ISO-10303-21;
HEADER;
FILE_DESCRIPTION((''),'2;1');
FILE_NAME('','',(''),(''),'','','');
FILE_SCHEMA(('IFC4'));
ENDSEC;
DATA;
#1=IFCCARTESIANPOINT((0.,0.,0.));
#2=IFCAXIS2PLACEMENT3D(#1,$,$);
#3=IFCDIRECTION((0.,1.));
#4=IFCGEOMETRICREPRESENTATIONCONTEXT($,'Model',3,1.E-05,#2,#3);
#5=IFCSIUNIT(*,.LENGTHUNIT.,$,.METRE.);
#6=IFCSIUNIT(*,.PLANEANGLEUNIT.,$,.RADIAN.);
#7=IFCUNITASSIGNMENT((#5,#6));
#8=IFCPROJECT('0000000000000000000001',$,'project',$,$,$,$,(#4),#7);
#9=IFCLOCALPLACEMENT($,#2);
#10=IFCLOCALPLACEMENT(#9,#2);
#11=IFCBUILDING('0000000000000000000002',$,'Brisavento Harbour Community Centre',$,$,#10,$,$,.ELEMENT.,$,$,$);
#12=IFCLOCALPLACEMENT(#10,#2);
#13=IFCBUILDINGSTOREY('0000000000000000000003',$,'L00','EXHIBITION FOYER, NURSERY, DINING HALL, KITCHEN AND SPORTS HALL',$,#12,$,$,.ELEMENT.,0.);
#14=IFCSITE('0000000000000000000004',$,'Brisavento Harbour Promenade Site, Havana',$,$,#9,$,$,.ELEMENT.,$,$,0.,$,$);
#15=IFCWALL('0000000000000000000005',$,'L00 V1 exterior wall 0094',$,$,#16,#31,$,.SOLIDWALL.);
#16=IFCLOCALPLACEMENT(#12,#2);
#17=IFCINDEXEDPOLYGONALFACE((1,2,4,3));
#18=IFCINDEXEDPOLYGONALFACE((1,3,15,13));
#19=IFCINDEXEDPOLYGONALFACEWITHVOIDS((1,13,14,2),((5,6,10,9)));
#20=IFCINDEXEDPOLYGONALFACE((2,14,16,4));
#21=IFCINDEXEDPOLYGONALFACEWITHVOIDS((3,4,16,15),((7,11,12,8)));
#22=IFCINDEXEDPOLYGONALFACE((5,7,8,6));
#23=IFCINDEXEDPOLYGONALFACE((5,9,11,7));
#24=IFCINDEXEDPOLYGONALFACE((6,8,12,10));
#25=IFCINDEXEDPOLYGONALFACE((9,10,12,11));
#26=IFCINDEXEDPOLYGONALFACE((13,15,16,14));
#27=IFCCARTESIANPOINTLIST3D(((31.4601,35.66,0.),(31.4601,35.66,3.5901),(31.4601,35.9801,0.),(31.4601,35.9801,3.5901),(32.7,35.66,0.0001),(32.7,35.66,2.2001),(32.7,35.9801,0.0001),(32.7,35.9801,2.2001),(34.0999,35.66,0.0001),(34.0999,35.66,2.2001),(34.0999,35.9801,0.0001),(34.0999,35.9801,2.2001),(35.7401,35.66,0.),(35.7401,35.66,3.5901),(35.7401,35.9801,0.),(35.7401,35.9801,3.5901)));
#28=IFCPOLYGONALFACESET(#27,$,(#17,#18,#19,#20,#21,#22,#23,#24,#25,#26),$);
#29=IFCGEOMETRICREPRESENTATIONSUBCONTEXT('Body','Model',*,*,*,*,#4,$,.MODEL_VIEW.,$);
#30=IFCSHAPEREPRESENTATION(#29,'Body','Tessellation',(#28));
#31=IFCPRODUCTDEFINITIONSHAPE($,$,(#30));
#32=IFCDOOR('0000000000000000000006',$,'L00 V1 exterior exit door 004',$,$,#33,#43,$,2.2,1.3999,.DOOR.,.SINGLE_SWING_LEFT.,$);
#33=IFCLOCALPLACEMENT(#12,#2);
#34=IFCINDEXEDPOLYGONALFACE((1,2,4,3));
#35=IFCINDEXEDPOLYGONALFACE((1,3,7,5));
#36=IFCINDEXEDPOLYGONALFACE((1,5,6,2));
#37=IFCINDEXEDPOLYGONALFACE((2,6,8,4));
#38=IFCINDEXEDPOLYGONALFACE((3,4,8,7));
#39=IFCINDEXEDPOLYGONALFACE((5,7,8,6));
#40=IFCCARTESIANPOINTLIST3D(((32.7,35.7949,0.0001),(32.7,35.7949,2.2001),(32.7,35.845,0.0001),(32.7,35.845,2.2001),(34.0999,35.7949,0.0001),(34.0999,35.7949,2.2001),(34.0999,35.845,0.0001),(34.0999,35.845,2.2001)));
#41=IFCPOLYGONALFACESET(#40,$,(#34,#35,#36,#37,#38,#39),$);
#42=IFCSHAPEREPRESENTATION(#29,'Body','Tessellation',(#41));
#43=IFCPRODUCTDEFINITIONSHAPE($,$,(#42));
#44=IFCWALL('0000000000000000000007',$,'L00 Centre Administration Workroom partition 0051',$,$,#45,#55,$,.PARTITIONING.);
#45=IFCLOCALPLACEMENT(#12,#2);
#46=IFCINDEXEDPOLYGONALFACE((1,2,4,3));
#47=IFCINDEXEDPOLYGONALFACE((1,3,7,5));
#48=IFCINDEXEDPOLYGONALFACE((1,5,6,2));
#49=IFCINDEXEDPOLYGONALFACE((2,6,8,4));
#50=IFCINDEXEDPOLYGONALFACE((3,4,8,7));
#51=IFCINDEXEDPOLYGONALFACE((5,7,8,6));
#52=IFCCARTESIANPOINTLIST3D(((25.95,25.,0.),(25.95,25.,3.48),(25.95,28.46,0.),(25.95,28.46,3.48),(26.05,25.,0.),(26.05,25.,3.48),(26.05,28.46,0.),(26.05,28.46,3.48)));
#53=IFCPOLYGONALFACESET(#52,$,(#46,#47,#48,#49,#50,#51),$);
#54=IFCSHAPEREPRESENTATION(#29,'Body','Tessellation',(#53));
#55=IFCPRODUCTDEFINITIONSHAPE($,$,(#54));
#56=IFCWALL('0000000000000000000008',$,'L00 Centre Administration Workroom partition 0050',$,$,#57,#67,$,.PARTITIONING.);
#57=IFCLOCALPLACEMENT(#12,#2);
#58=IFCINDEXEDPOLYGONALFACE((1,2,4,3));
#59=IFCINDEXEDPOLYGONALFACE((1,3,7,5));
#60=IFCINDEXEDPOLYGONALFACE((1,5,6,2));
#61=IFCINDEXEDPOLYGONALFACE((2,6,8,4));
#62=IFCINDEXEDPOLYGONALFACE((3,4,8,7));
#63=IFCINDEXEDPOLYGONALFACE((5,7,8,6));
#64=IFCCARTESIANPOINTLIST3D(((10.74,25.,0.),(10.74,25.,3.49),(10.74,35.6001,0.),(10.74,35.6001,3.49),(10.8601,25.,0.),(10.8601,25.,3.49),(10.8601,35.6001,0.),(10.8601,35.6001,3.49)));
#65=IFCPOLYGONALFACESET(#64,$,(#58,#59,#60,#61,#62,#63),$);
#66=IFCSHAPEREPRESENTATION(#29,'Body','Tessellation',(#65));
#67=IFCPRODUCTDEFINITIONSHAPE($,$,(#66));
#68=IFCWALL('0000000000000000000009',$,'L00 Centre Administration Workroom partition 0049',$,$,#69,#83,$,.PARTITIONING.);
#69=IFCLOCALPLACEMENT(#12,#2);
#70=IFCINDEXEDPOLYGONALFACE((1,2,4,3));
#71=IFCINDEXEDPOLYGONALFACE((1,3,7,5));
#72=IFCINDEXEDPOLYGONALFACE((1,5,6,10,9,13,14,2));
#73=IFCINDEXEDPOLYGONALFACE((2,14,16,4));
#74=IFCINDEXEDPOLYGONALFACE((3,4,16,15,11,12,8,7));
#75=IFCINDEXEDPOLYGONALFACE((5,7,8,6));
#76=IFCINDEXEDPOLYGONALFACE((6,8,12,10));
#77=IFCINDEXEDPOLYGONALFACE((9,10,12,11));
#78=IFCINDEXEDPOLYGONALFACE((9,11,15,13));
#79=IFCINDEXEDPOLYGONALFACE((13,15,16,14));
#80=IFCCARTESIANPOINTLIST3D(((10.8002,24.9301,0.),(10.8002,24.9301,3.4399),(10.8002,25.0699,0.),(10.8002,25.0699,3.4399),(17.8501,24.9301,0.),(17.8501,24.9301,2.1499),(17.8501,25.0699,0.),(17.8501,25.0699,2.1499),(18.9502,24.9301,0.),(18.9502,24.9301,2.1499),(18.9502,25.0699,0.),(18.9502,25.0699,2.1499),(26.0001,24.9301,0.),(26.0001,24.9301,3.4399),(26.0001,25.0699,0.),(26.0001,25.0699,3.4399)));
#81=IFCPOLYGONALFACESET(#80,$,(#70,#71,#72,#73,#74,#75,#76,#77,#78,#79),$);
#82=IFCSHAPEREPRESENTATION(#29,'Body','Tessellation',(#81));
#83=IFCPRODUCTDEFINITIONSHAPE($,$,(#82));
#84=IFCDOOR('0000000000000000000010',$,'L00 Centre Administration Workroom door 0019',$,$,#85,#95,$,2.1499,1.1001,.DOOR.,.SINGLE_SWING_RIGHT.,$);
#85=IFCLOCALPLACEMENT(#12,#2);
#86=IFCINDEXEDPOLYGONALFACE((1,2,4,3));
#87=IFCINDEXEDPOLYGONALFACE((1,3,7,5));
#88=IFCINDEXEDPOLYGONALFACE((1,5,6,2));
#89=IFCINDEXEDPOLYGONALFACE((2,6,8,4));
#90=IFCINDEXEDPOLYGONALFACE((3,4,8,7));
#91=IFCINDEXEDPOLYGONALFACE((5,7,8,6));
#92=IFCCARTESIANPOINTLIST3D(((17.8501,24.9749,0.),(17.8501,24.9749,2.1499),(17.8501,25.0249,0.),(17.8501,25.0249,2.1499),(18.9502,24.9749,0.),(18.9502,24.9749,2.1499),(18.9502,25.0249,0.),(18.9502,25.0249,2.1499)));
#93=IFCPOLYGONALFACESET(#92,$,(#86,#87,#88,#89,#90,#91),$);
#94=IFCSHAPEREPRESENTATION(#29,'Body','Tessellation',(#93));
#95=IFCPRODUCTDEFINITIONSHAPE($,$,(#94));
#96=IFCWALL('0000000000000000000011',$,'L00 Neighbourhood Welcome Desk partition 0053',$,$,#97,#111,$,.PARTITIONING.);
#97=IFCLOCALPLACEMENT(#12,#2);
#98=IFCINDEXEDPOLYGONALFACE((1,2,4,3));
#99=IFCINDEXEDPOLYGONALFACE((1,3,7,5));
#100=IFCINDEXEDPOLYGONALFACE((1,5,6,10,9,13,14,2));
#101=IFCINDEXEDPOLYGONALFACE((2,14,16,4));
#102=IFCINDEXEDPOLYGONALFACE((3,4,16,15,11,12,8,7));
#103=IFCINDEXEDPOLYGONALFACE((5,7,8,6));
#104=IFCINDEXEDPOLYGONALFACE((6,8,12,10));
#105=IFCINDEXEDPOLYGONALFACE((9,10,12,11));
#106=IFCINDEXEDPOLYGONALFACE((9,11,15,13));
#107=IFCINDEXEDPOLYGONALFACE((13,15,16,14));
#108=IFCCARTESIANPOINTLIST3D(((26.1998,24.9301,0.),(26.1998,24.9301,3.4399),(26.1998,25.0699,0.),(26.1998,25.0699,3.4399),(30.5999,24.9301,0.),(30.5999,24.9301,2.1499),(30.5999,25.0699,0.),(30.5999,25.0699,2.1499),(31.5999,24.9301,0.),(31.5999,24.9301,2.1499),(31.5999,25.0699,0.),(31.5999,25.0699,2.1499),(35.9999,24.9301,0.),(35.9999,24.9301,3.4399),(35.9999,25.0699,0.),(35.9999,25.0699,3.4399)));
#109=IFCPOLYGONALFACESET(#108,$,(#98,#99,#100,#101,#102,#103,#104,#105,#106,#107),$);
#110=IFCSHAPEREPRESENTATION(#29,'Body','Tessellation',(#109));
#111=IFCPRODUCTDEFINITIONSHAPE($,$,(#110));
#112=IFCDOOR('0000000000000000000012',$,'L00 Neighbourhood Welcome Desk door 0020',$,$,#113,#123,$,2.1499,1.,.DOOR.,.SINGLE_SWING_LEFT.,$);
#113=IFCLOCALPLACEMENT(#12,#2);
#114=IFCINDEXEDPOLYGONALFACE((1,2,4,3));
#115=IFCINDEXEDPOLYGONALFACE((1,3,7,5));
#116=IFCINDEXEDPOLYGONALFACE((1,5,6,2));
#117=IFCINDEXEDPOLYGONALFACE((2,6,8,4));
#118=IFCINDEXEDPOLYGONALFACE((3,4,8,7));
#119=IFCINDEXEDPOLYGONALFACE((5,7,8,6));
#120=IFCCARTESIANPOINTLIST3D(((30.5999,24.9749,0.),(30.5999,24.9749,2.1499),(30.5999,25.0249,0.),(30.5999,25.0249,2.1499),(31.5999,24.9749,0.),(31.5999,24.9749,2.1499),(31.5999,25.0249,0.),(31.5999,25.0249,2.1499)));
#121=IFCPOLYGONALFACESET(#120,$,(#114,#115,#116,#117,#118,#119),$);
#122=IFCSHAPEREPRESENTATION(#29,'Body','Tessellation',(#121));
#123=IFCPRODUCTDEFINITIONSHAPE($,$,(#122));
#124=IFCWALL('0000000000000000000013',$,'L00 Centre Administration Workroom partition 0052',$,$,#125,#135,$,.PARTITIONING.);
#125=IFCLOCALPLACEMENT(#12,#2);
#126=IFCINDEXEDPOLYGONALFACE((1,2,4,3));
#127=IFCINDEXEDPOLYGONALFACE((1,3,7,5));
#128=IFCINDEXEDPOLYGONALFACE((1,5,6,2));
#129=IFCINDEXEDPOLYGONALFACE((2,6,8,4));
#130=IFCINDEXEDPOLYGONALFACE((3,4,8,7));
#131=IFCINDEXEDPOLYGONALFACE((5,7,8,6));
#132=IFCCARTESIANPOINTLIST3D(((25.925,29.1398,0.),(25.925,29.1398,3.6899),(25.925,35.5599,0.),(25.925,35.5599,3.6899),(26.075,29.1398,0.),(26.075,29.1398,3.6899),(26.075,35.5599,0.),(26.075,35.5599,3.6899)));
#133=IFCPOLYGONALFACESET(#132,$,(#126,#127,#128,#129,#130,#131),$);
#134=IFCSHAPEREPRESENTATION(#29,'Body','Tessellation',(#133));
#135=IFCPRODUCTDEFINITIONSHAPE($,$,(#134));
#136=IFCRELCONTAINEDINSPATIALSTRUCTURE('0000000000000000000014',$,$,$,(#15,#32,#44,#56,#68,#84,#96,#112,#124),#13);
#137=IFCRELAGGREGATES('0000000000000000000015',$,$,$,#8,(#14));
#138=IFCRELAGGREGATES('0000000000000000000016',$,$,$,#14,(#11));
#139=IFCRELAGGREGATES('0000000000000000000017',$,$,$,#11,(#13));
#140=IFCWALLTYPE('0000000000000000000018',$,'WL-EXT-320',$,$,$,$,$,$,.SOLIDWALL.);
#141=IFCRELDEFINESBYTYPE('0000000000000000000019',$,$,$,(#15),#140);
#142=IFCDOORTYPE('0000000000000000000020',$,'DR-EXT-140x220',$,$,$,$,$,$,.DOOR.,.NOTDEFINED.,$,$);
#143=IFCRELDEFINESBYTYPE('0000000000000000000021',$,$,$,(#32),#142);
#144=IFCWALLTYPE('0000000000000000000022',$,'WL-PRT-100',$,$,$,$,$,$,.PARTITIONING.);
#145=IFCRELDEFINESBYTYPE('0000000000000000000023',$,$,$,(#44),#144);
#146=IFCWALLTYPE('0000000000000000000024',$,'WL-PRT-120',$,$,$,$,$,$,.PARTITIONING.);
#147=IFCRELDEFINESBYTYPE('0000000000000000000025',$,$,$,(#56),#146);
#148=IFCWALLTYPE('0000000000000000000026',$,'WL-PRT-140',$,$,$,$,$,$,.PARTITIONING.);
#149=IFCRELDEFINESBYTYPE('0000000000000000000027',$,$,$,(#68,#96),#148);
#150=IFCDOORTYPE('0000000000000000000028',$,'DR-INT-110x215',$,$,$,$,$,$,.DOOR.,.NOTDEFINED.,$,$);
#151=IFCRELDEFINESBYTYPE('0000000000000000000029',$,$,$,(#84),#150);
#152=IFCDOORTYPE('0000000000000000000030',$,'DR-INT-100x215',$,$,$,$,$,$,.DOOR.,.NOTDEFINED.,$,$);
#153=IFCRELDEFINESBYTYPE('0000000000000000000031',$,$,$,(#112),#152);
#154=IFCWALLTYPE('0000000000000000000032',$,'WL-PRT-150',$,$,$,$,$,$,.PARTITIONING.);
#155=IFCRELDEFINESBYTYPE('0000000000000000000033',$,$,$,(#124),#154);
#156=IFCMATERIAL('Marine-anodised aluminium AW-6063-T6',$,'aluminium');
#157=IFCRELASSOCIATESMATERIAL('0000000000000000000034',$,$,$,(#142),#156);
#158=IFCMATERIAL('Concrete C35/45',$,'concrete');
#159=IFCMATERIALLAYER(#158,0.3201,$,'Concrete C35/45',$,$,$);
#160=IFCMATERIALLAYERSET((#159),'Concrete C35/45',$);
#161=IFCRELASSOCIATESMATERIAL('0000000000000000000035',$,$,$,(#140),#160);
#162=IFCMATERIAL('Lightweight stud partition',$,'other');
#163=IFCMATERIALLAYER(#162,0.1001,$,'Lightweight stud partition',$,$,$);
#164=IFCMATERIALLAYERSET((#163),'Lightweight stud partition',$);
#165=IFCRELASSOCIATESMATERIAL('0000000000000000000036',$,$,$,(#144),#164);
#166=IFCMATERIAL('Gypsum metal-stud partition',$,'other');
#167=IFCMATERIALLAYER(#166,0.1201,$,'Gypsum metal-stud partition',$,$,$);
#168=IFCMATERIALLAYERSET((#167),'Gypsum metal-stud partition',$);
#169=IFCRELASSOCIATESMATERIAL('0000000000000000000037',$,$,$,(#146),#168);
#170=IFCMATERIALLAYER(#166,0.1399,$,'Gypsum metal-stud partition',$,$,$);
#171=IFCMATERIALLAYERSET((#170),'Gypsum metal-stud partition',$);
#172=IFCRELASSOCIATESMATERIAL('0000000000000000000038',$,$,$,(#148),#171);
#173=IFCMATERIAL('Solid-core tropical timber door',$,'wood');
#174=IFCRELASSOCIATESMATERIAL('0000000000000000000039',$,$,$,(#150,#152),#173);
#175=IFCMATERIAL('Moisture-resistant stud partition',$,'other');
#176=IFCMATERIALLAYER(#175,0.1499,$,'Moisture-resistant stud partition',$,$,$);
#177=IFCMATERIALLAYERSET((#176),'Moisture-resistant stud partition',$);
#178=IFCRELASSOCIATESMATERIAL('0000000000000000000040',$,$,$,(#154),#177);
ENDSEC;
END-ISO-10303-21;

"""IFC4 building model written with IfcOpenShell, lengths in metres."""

from ifc_helpers import new_model, si_unit, direction, frame, frame_2d, origin, place, context, subcontext, project, spatial, rectangle, extrude, material, layer, layer_set, type_object, element, fill, save


model = new_model("IFC4")

# Units and contexts
model_context = context("Model", 3, precision=1e-05, world=origin(), true_north=direction((0.0, 1.0)))
body_context = subcontext(model_context, "Body", "Model", "MODEL_VIEW")
ifc_project = project(units=[si_unit("LENGTHUNIT", "METRE"), si_unit("PLANEANGLEUNIT", "RADIAN")], contexts=[model_context])

# Site, building, storey
site_placement = place(None, origin())
site = spatial("IfcSite", under=ifc_project, at=site_placement, Name="Brisavento Harbour Promenade Site, Havana", CompositionType="ELEMENT", RefElevation=0.0)
building_placement = place(site_placement, origin())
building = spatial("IfcBuilding", under=site, at=building_placement, Name="Brisavento Harbour Community Centre", CompositionType="ELEMENT")
storey_placement = place(building_placement, origin())
storey = spatial("IfcBuildingStorey", under=building, at=storey_placement, Name="L00", Description="EXHIBITION FOYER, NURSERY, DINING HALL, KITCHEN AND SPORTS HALL", CompositionType="ELEMENT", Elevation=0.0)

# Shared definitions
ifc_material_1 = material(Name="Concrete C35/45", Category="concrete")

# Shared definitions
ifc_material_2 = material(Name="Marine-anodised aluminium AW-6063-T6", Category="aluminium")
door_type_1 = type_object("IfcDoorType", Name="DR-EXT-140x220", OperationType="NOTDEFINED", PredefinedType="DOOR", material=ifc_material_2)

# Shared definitions
ifc_layer_1 = layer(ifc_material_1, 0.3201, Name="Concrete C35/45")
ifc_layer_set_1 = layer_set([ifc_layer_1], Name="Concrete C35/45")
wall_type_1 = type_object("IfcWallType", Name="WL-EXT-320", PredefinedType="SOLIDWALL", material=ifc_layer_set_1)

# Wall, opening, door
wall_1_placement = place(storey_placement, frame((31.46, 35.8201, 0.0), z_axis=(0.0, 0.0, 1.0), x_axis=(1.0, 0.0, 0.0)))
wall_1 = element("IfcWall", 1, at=wall_1_placement, inside=storey, type_object=wall_type_1, Name="L00 V1 exterior wall 0094", PredefinedType="SOLIDWALL", context=body_context, shape_type="SweptSolid", body=[
    extrude(rectangle(XDim=4.28, YDim=0.3201, at=frame_2d((2.1401, 0.0))), origin(), (0.0, 0.0, 1.0), 3.5901),
])
opening_1_placement = place(wall_1_placement, frame((1.24, 0.0, 0.0)))
opening_1 = element("IfcOpeningElement", 2, at=opening_1_placement, cuts=wall_1, PredefinedType="OPENING", context=body_context, shape_type="SweptSolid", body=[
    extrude(rectangle(XDim=1.3999, YDim=2.2, at=frame_2d((0.7, 1.1001))), frame((0.0, 0.1699, 0.0), z_axis=(0.0, -1.0, 0.0), x_axis=(1.0, 0.0, 0.0)), (0.0, 0.0, 1.0), 0.3401),
])
door_1_placement = place(opening_1_placement, origin())
door_1 = element("IfcDoor", 3, at=door_1_placement, inside=storey, type_object=door_type_1, Name="L00 V1 exterior exit door 004", OperationType="SINGLE_SWING_LEFT", OverallHeight=2.2, OverallWidth=1.3999, PredefinedType="DOOR", context=body_context, shape_type="SweptSolid", body=[
    extrude(rectangle(XDim=1.3999, YDim=2.2, at=frame_2d((0.7, 1.1001))), frame((0.0, 0.0249, 0.0), z_axis=(0.0, -1.0, 0.0), x_axis=(1.0, 0.0, 0.0)), (0.0, 0.0, 1.0), 0.05),
])
fill(opening_1, door_1)

# Walls
ifc_material_3 = material(Name="Lightweight stud partition", Category="other")
ifc_layer_2 = layer(ifc_material_3, 0.1001, Name="Lightweight stud partition")
ifc_layer_set_2 = layer_set([ifc_layer_2], Name="Lightweight stud partition")
wall_type_2 = type_object("IfcWallType", Name="WL-PRT-100", PredefinedType="PARTITIONING", material=ifc_layer_set_2)
wall_2_placement = place(storey_placement, frame((26.0, 25.0, 0.0), z_axis=(0.0, 0.0, 1.0), x_axis=(0.0, 1.0, 0.0)))
element("IfcWall", 4, at=wall_2_placement, inside=storey, type_object=wall_type_2, Name="L00 Centre Administration Workroom partition 0051", PredefinedType="PARTITIONING", context=body_context, shape_type="SweptSolid", body=[
    extrude(rectangle(XDim=3.46, YDim=0.1001, at=frame_2d((1.73, 0.0))), origin(), (0.0, 0.0, 1.0), 3.48),
])
ifc_material_4 = material(Name="Gypsum metal-stud partition", Category="other")
ifc_layer_3 = layer(ifc_material_4, 0.1201, Name="Gypsum metal-stud partition")
ifc_layer_set_3 = layer_set([ifc_layer_3], Name="Gypsum metal-stud partition")
wall_type_3 = type_object("IfcWallType", Name="WL-PRT-120", PredefinedType="PARTITIONING", material=ifc_layer_set_3)
wall_3_placement = place(storey_placement, frame((10.8, 35.6001, 0.0), z_axis=(0.0, 0.0, 1.0), x_axis=(0.0, -1.0, 0.0)))
element("IfcWall", 5, at=wall_3_placement, inside=storey, type_object=wall_type_3, Name="L00 Centre Administration Workroom partition 0050", PredefinedType="PARTITIONING", context=body_context, shape_type="SweptSolid", body=[
    extrude(rectangle(XDim=10.6001, YDim=0.1201, at=frame_2d((5.3, 0.0))), origin(), (0.0, 0.0, 1.0), 3.49),
])

# Walls, openings, doors
ifc_layer_4 = layer(ifc_material_4, 0.1399, Name="Gypsum metal-stud partition")
ifc_layer_set_4 = layer_set([ifc_layer_4], Name="Gypsum metal-stud partition")
wall_type_4 = type_object("IfcWallType", Name="WL-PRT-140", PredefinedType="PARTITIONING", material=ifc_layer_set_4)
wall_4_placement = place(storey_placement, frame((10.8, 25.0, 0.0), z_axis=(0.0, 0.0, 1.0), x_axis=(1.0, 0.0, 0.0)))
wall_4 = element("IfcWall", 6, at=wall_4_placement, inside=storey, type_object=wall_type_4, Name="L00 Centre Administration Workroom partition 0049", PredefinedType="PARTITIONING", context=body_context, shape_type="SweptSolid", body=[
    extrude(rectangle(XDim=15.2, YDim=0.1399, at=frame_2d((7.6001, 0.0))), origin(), (0.0, 0.0, 1.0), 3.4399),
])
opening_2_placement = place(wall_4_placement, frame((7.05, 0.0, 0.0)))
opening_2 = element("IfcOpeningElement", 7, at=opening_2_placement, cuts=wall_4, PredefinedType="OPENING", context=body_context, shape_type="SweptSolid", body=[
    extrude(rectangle(XDim=1.1001, YDim=2.1499, at=frame_2d((0.55, 1.075))), frame((0.0, 0.0801, 0.0), z_axis=(0.0, -1.0, 0.0), x_axis=(1.0, 0.0, 0.0)), (0.0, 0.0, 1.0), 0.1599),
])
ifc_material_5 = material(Name="Solid-core tropical timber door", Category="wood")
door_type_2 = type_object("IfcDoorType", Name="DR-INT-110x215", OperationType="NOTDEFINED", PredefinedType="DOOR", material=ifc_material_5)
door_2_placement = place(opening_2_placement, origin())
door_2 = element("IfcDoor", 8, at=door_2_placement, inside=storey, type_object=door_type_2, Name="L00 Centre Administration Workroom door 0019", OperationType="SINGLE_SWING_RIGHT", OverallHeight=2.1499, OverallWidth=1.1001, PredefinedType="DOOR", context=body_context, shape_type="SweptSolid", body=[
    extrude(rectangle(XDim=1.1001, YDim=2.1499, at=frame_2d((0.55, 1.075))), frame((0.0, 0.0249, 0.0), z_axis=(0.0, -1.0, 0.0), x_axis=(1.0, 0.0, 0.0)), (0.0, 0.0, 1.0), 0.05),
])
fill(opening_2, door_2)
wall_5_placement = place(storey_placement, frame((26.2, 25.0, 0.0), z_axis=(0.0, 0.0, 1.0), x_axis=(1.0, 0.0, 0.0)))
wall_5 = element("IfcWall", 9, at=wall_5_placement, inside=storey, type_object=wall_type_4, Name="L00 Neighbourhood Welcome Desk partition 0053", PredefinedType="PARTITIONING", context=body_context, shape_type="SweptSolid", body=[
    extrude(rectangle(XDim=9.8, YDim=0.1399, at=frame_2d((4.8999, 0.0))), origin(), (0.0, 0.0, 1.0), 3.4399),
])
opening_3_placement = place(wall_5_placement, frame((4.3999, 0.0, 0.0)))
opening_3 = element("IfcOpeningElement", 10, at=opening_3_placement, cuts=wall_5, PredefinedType="OPENING", context=body_context, shape_type="SweptSolid", body=[
    extrude(rectangle(XDim=1.0, YDim=2.1499, at=frame_2d((0.5, 1.075))), frame((0.0, 0.0801, 0.0), z_axis=(0.0, -1.0, 0.0), x_axis=(1.0, 0.0, 0.0)), (0.0, 0.0, 1.0), 0.1599),
])
door_type_3 = type_object("IfcDoorType", Name="DR-INT-100x215", OperationType="NOTDEFINED", PredefinedType="DOOR", material=ifc_material_5)
door_3_placement = place(opening_3_placement, origin())
door_3 = element("IfcDoor", 11, at=door_3_placement, inside=storey, type_object=door_type_3, Name="L00 Neighbourhood Welcome Desk door 0020", OperationType="SINGLE_SWING_LEFT", OverallHeight=2.1499, OverallWidth=1.0, PredefinedType="DOOR", context=body_context, shape_type="SweptSolid", body=[
    extrude(rectangle(XDim=1.0, YDim=2.1499, at=frame_2d((0.5, 1.075))), frame((0.0, 0.0249, 0.0), z_axis=(0.0, -1.0, 0.0), x_axis=(1.0, 0.0, 0.0)), (0.0, 0.0, 1.0), 0.05),
])
fill(opening_3, door_3)

# Wall
ifc_material_6 = material(Name="Moisture-resistant stud partition", Category="other")
ifc_layer_5 = layer(ifc_material_6, 0.1499, Name="Moisture-resistant stud partition")
ifc_layer_set_5 = layer_set([ifc_layer_5], Name="Moisture-resistant stud partition")
wall_type_5 = type_object("IfcWallType", Name="WL-PRT-150", PredefinedType="PARTITIONING", material=ifc_layer_set_5)
wall_6_placement = place(storey_placement, frame((26.0, 29.1399, 0.0), z_axis=(0.0, 0.0, 1.0), x_axis=(0.0, 1.0, 0.0)))
element("IfcWall", 12, at=wall_6_placement, inside=storey, type_object=wall_type_5, Name="L00 Centre Administration Workroom partition 0052", PredefinedType="PARTITIONING", context=body_context, shape_type="SweptSolid", body=[
    extrude(rectangle(XDim=6.4202, YDim=0.1499, at=frame_2d((3.21, 0.0))), origin(), (0.0, 0.0, 1.0), 3.6899),
])

save(model, "model.ifc")
